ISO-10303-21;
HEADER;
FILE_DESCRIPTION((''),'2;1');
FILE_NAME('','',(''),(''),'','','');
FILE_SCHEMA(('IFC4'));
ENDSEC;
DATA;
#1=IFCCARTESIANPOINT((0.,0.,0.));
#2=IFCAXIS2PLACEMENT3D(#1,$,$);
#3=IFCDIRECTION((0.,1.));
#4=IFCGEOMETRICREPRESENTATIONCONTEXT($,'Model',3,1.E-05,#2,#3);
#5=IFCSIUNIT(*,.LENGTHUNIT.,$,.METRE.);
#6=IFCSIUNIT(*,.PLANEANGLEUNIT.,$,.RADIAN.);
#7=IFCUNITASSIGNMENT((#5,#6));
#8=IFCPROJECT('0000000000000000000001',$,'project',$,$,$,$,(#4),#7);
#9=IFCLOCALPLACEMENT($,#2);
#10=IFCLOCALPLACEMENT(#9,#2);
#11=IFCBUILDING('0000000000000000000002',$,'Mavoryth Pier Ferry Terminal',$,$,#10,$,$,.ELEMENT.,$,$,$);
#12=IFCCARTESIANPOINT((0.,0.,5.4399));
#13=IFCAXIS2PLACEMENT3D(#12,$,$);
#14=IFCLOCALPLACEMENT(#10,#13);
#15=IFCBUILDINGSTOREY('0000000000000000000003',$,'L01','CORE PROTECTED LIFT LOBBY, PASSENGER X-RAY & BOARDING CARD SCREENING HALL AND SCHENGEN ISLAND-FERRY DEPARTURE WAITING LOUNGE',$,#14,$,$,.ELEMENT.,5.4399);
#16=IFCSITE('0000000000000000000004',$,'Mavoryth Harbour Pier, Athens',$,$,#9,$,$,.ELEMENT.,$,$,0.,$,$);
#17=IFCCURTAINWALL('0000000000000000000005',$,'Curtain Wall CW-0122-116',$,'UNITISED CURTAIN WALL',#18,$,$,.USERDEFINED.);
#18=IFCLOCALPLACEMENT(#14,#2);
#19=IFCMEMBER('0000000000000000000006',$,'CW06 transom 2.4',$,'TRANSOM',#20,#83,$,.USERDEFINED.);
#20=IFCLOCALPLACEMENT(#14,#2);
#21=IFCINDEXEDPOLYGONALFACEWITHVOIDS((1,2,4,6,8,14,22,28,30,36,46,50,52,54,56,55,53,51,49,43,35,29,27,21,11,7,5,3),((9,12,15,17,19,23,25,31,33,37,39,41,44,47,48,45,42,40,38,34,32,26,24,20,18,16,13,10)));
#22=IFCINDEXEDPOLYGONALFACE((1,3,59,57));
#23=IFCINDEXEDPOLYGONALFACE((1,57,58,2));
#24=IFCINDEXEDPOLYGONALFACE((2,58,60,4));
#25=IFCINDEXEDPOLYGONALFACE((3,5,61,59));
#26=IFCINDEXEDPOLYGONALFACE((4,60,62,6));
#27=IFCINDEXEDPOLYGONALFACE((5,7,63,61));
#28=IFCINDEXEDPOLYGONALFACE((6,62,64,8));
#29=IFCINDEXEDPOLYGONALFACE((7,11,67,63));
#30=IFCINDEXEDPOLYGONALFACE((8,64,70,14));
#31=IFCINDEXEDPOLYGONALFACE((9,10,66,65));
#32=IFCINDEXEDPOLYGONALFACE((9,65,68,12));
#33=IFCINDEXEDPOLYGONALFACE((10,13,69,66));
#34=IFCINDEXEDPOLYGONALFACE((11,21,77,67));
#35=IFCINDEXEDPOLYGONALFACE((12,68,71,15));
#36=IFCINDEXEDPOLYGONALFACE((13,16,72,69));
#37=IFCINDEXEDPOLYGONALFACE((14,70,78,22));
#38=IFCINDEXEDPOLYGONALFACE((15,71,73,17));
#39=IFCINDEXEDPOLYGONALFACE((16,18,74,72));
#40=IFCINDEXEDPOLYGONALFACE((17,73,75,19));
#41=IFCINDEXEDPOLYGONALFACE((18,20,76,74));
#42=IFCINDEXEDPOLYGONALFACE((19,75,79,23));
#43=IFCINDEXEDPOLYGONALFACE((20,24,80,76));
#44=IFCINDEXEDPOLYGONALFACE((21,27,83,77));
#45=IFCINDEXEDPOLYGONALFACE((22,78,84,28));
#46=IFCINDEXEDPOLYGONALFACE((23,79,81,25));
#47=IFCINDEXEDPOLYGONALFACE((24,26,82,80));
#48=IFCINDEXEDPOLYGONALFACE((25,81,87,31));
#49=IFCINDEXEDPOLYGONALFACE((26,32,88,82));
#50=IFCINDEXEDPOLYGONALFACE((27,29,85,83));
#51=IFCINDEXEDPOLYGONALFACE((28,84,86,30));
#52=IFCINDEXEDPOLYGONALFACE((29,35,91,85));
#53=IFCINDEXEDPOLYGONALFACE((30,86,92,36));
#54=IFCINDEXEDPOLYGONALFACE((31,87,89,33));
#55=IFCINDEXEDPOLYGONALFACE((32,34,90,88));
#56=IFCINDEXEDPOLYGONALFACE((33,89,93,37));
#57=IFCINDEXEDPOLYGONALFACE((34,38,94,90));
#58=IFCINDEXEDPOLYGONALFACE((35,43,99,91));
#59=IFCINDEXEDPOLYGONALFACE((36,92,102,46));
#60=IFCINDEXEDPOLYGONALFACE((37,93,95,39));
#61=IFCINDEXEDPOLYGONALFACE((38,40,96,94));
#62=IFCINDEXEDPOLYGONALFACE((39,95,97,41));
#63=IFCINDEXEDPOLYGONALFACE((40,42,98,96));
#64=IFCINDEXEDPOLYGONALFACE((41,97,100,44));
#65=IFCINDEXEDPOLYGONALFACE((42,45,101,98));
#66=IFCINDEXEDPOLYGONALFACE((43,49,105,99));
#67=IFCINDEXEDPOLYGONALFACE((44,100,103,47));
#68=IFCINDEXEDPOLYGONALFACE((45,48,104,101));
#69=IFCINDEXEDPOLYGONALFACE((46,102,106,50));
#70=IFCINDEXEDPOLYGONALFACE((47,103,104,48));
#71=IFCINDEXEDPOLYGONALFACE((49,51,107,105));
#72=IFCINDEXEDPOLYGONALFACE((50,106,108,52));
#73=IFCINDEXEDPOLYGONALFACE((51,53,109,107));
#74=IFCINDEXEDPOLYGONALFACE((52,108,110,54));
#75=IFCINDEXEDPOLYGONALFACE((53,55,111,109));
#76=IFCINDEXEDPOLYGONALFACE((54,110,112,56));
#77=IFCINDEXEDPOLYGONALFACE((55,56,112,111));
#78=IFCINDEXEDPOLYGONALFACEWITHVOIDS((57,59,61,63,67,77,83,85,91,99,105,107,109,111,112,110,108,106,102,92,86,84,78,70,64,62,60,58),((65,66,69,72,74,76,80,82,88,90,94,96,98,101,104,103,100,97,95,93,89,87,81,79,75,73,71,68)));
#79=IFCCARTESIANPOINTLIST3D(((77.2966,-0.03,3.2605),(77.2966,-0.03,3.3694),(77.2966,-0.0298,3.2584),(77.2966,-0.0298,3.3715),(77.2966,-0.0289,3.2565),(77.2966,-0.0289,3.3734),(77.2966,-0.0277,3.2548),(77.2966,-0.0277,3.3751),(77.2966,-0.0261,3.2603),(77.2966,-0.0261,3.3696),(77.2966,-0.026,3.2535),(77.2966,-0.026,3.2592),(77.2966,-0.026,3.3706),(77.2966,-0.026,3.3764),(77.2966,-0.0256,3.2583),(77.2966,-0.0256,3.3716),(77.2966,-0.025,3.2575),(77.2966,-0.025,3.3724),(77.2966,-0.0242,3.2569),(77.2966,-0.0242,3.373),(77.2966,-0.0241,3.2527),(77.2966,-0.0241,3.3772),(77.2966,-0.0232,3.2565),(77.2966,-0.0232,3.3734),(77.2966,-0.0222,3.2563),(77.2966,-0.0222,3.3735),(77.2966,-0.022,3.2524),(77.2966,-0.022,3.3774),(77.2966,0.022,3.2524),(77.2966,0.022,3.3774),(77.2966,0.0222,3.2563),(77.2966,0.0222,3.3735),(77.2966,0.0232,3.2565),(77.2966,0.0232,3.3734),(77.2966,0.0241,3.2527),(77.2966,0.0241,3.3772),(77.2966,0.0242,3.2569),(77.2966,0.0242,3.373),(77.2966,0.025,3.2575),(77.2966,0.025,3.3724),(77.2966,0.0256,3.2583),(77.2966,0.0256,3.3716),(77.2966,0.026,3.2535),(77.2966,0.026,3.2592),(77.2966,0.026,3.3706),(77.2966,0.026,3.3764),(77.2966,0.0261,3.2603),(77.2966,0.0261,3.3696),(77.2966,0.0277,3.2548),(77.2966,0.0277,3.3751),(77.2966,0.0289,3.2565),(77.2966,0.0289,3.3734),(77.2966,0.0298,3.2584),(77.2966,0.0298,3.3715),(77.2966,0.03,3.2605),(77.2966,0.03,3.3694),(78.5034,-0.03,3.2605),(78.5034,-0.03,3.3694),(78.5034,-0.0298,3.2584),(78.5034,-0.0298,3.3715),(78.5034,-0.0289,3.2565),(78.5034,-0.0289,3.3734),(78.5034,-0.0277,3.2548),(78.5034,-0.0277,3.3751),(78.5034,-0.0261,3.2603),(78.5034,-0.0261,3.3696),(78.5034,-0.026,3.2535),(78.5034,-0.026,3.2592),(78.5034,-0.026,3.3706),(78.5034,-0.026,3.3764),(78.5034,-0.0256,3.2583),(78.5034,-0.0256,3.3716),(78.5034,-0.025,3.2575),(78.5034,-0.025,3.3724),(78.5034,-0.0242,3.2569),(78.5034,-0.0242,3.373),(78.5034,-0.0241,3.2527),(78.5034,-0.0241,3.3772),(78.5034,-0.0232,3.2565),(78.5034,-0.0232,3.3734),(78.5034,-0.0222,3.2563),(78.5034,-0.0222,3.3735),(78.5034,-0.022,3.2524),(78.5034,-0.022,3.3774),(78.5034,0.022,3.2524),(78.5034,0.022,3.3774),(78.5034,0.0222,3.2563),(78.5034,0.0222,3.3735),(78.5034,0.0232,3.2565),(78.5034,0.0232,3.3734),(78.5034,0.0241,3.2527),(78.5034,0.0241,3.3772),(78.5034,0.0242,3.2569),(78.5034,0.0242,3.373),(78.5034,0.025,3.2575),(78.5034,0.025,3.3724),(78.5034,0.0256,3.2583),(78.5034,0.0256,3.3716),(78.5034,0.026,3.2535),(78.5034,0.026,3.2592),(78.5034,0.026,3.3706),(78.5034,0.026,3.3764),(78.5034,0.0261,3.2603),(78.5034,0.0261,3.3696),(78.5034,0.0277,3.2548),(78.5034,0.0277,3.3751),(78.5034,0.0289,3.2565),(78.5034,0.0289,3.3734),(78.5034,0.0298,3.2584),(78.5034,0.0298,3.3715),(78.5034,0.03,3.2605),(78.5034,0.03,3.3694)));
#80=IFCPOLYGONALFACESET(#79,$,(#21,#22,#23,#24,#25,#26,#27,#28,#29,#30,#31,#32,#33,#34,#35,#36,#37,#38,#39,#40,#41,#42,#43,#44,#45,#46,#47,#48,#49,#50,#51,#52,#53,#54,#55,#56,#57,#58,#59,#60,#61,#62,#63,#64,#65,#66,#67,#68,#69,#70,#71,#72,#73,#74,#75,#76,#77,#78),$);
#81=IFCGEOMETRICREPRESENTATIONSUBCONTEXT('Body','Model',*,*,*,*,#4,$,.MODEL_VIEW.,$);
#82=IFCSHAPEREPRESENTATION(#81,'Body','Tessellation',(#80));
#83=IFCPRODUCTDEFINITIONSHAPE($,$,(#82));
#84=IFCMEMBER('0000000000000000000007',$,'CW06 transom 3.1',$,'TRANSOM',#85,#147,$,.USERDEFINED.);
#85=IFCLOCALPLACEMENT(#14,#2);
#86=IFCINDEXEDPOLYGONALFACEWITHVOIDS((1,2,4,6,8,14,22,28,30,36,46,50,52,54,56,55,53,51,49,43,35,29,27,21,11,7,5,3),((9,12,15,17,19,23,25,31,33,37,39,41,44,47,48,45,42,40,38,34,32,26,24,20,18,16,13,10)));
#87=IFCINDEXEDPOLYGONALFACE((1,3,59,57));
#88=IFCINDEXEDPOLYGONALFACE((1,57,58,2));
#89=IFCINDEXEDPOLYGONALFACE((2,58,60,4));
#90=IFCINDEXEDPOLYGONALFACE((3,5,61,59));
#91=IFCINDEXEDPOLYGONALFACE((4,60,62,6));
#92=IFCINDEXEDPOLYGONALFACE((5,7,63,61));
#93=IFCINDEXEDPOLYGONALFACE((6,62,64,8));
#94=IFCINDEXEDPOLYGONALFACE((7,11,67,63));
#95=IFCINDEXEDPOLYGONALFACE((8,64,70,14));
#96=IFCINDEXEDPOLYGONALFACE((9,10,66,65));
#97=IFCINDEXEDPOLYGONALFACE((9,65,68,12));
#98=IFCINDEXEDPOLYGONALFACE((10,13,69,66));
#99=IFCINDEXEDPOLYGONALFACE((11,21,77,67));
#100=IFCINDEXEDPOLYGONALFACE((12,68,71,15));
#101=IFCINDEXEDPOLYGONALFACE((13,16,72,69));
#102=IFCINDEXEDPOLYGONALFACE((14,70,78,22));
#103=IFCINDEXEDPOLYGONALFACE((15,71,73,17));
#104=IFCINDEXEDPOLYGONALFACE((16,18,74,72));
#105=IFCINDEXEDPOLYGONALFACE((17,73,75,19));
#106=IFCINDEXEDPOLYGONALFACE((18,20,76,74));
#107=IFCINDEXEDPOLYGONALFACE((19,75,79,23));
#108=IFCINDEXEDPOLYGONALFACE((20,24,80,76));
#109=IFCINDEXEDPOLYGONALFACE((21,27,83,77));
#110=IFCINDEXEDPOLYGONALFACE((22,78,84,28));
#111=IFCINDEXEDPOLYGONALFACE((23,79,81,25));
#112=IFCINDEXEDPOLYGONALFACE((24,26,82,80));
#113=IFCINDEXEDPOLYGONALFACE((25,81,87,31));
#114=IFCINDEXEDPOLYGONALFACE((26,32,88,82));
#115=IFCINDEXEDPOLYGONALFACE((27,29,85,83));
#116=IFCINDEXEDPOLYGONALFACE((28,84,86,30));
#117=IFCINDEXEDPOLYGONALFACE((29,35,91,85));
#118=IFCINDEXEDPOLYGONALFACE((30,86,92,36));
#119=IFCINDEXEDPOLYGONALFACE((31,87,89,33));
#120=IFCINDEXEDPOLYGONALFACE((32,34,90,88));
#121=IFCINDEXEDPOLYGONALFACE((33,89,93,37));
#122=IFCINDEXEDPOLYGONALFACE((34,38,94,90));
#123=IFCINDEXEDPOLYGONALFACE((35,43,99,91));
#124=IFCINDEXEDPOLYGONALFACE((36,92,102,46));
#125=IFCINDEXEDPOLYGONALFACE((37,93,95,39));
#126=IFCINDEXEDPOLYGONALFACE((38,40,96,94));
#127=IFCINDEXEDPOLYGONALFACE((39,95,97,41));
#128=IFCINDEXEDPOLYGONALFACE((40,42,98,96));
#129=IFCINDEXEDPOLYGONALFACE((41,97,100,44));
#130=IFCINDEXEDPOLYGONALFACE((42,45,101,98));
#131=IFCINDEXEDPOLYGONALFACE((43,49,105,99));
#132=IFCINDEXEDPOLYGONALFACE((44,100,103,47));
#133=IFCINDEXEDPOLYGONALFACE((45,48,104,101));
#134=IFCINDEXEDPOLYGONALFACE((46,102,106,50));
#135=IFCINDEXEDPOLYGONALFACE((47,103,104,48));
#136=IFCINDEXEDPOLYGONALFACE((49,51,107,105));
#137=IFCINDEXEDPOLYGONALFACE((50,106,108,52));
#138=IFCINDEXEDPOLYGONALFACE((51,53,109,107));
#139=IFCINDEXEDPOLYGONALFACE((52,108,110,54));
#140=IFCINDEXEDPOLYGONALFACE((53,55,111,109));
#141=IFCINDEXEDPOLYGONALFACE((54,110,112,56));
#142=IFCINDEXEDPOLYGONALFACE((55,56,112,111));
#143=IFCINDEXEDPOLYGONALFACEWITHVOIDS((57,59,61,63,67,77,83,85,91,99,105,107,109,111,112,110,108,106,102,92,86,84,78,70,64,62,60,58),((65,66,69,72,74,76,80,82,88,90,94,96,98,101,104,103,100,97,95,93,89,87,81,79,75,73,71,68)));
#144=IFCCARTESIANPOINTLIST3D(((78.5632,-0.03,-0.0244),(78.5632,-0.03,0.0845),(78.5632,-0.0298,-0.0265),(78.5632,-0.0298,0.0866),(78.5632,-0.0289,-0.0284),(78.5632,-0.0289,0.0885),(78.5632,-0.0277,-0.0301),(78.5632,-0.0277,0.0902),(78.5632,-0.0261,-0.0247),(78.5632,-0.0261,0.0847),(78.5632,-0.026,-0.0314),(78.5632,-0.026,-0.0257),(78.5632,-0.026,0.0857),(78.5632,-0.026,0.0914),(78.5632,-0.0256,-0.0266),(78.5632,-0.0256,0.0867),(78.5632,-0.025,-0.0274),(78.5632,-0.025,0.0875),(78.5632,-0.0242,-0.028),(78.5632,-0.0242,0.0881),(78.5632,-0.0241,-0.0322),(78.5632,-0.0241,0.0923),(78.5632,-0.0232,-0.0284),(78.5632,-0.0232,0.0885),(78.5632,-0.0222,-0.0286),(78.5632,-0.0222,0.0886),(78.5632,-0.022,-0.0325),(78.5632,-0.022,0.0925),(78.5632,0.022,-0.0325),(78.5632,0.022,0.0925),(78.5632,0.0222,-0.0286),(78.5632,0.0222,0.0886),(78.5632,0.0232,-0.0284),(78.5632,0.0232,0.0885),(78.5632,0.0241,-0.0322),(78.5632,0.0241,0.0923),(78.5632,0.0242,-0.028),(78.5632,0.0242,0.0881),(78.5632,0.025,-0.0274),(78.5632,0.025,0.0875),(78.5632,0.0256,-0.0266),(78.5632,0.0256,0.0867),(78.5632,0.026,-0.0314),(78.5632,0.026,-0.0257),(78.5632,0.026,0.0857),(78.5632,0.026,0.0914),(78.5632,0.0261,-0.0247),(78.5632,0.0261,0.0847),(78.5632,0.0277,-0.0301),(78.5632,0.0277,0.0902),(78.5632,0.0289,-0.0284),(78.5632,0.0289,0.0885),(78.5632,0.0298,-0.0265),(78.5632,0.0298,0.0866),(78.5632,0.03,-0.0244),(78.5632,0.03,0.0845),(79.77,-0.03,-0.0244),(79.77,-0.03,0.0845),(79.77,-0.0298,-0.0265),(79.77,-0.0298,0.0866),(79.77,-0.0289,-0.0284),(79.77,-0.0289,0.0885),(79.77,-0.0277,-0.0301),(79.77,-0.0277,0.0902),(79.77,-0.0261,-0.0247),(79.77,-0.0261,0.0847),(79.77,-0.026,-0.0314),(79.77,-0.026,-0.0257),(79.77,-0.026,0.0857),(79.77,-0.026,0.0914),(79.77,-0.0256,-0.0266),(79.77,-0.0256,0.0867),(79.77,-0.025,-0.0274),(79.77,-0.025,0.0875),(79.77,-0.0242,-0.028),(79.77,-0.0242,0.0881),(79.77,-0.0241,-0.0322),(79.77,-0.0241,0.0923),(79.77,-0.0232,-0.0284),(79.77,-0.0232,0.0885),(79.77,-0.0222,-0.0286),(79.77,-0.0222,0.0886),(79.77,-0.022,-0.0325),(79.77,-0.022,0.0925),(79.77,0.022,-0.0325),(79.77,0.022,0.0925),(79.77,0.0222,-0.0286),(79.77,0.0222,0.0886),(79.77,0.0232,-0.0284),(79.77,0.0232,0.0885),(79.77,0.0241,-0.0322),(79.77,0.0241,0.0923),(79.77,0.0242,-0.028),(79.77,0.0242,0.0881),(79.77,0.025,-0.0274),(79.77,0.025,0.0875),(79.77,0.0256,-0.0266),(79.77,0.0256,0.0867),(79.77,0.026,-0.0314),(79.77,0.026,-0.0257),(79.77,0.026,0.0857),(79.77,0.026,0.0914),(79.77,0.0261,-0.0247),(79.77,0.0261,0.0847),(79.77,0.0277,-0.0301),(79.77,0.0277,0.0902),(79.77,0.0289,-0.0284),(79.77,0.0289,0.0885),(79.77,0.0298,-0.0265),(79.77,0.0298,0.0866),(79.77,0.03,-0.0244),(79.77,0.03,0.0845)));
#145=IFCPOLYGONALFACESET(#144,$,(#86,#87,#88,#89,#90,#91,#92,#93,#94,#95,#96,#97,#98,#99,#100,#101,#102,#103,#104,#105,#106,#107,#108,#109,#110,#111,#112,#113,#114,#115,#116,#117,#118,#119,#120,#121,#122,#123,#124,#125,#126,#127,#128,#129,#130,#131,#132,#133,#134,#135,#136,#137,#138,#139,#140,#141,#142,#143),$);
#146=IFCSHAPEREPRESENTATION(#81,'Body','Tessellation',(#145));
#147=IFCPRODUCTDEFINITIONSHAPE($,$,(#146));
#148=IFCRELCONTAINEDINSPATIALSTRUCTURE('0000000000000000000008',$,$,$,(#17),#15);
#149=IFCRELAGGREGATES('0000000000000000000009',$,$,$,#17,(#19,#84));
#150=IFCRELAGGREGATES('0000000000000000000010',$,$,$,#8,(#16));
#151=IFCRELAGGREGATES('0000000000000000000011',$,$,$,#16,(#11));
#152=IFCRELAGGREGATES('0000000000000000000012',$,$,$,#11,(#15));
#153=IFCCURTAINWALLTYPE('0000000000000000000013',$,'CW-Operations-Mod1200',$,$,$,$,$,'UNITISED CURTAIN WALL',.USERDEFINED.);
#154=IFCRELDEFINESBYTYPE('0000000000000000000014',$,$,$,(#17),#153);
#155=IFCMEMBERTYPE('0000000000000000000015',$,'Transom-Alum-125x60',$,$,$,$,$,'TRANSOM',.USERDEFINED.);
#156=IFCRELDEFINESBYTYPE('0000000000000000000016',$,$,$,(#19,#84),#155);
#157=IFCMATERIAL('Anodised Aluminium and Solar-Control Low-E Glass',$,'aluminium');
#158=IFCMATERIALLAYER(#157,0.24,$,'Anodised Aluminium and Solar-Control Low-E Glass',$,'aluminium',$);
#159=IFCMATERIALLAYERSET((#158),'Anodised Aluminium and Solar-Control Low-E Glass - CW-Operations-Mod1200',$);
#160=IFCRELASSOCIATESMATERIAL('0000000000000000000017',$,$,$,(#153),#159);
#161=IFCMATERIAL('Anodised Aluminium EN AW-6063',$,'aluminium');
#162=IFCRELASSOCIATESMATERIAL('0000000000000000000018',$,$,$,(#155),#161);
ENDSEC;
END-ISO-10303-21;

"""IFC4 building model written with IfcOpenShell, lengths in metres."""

from ifc_helpers import new_model, si_unit, direction, frame, origin, origin_2d, place, context, subcontext, project, spatial, hollow_rectangle, extrude, material, layer, layer_set, material_profile, profile_set, type_object, element, aggregate, save


model = new_model("IFC4")

# Units and contexts
model_context = context("Model", 3, precision=1e-05, world=origin(), true_north=direction((0.0, 1.0)))
body_context = subcontext(model_context, "Body", "Model", "MODEL_VIEW")
ifc_project = project(units=[si_unit("LENGTHUNIT", "METRE"), si_unit("PLANEANGLEUNIT", "RADIAN")], contexts=[model_context])

# Site, building, storey
site_placement = place(None, origin())
site = spatial("IfcSite", under=ifc_project, at=site_placement, Name="Mavoryth Harbour Pier, Athens", CompositionType="ELEMENT", RefElevation=0.0)
building_placement = place(site_placement, origin())
building = spatial("IfcBuilding", under=site, at=building_placement, Name="Mavoryth Pier Ferry Terminal", CompositionType="ELEMENT")
storey_placement = place(building_placement, frame((0.0, 0.0, 5.4399)))
storey = spatial("IfcBuildingStorey", under=building, at=storey_placement, Name="L01", Description="CORE PROTECTED LIFT LOBBY, PASSENGER X-RAY & BOARDING CARD SCREENING HALL AND SCHENGEN ISLAND-FERRY DEPARTURE WAITING LOUNGE", CompositionType="ELEMENT", Elevation=5.4399)

# Curtain wall, members
ifc_material_1 = material(Name="Anodised Aluminium and Solar-Control Low-E Glass", Category="aluminium")
ifc_layer_1 = layer(ifc_material_1, 0.24, Name="Anodised Aluminium and Solar-Control Low-E Glass", Category="aluminium")
ifc_layer_set_1 = layer_set([ifc_layer_1], Name="Anodised Aluminium and Solar-Control Low-E Glass - CW-Operations-Mod1200")
curtain_wall_type = type_object("IfcCurtainWallType", Name="CW-Operations-Mod1200", ElementType="UNITISED CURTAIN WALL", PredefinedType="USERDEFINED", material=ifc_layer_set_1)
curtain_wall_placement = place(storey_placement, origin())
curtain_wall = element("IfcCurtainWall", 1, at=curtain_wall_placement, inside=storey, type_object=curtain_wall_type, Name="Curtain Wall CW-0122-116", ObjectType="UNITISED CURTAIN WALL", PredefinedType="USERDEFINED")
ifc_material_2 = material(Name="Anodised Aluminium EN AW-6063", Category="aluminium")
ifc_material_profile_1 = material_profile(ifc_material_2, hollow_rectangle(XDim=0.0601, YDim=0.125, WallThickness=0.0039, InnerFilletRadius=0.0039, OuterFilletRadius=0.0081, at=origin_2d()), Name="AL-TRAN 125x60x4", Category="aluminium")
ifc_profile_set_1 = profile_set([ifc_material_profile_1], Name="Anodised Aluminium EN AW-6063 - AL-TRAN 125x60x4")
member_type_1 = type_object("IfcMemberType", Name="Transom-Alum-125x60", ElementType="TRANSOM", PredefinedType="USERDEFINED", material=ifc_profile_set_1)
member_1_placement = place(storey_placement, frame((77.2966, 0.0, 3.3149), z_axis=(1.0, 0.0, 0.0), x_axis=(0.0, 1.0, 0.0)))
member_1 = element("IfcMember", 2, at=member_1_placement, type_object=member_type_1, Name="CW06 transom 2.4", ObjectType="TRANSOM", PredefinedType="USERDEFINED", context=body_context, shape_type="SweptSolid", body=[
    extrude(hollow_rectangle(XDim=0.0601, YDim=0.125, WallThickness=0.0039, InnerFilletRadius=0.0039, OuterFilletRadius=0.0081, at=origin_2d()), origin(), (0.0, 0.0, 1.0), 1.2068),
])
member_2_placement = place(storey_placement, frame((78.5632, 0.0, 0.03), z_axis=(1.0, 0.0, 0.0), x_axis=(0.0, 1.0, 0.0)))
member_2 = element("IfcMember", 3, at=member_2_placement, type_object=member_type_1, Name="CW06 transom 3.1", ObjectType="TRANSOM", PredefinedType="USERDEFINED", context=body_context, shape_type="SweptSolid", body=[
    extrude(hollow_rectangle(XDim=0.0601, YDim=0.125, WallThickness=0.0039, InnerFilletRadius=0.0039, OuterFilletRadius=0.0081, at=origin_2d()), origin(), (0.0, 0.0, 1.0), 1.2068),
])
aggregate(curtain_wall, [member_1, member_2])

save(model, "model.ifc")
